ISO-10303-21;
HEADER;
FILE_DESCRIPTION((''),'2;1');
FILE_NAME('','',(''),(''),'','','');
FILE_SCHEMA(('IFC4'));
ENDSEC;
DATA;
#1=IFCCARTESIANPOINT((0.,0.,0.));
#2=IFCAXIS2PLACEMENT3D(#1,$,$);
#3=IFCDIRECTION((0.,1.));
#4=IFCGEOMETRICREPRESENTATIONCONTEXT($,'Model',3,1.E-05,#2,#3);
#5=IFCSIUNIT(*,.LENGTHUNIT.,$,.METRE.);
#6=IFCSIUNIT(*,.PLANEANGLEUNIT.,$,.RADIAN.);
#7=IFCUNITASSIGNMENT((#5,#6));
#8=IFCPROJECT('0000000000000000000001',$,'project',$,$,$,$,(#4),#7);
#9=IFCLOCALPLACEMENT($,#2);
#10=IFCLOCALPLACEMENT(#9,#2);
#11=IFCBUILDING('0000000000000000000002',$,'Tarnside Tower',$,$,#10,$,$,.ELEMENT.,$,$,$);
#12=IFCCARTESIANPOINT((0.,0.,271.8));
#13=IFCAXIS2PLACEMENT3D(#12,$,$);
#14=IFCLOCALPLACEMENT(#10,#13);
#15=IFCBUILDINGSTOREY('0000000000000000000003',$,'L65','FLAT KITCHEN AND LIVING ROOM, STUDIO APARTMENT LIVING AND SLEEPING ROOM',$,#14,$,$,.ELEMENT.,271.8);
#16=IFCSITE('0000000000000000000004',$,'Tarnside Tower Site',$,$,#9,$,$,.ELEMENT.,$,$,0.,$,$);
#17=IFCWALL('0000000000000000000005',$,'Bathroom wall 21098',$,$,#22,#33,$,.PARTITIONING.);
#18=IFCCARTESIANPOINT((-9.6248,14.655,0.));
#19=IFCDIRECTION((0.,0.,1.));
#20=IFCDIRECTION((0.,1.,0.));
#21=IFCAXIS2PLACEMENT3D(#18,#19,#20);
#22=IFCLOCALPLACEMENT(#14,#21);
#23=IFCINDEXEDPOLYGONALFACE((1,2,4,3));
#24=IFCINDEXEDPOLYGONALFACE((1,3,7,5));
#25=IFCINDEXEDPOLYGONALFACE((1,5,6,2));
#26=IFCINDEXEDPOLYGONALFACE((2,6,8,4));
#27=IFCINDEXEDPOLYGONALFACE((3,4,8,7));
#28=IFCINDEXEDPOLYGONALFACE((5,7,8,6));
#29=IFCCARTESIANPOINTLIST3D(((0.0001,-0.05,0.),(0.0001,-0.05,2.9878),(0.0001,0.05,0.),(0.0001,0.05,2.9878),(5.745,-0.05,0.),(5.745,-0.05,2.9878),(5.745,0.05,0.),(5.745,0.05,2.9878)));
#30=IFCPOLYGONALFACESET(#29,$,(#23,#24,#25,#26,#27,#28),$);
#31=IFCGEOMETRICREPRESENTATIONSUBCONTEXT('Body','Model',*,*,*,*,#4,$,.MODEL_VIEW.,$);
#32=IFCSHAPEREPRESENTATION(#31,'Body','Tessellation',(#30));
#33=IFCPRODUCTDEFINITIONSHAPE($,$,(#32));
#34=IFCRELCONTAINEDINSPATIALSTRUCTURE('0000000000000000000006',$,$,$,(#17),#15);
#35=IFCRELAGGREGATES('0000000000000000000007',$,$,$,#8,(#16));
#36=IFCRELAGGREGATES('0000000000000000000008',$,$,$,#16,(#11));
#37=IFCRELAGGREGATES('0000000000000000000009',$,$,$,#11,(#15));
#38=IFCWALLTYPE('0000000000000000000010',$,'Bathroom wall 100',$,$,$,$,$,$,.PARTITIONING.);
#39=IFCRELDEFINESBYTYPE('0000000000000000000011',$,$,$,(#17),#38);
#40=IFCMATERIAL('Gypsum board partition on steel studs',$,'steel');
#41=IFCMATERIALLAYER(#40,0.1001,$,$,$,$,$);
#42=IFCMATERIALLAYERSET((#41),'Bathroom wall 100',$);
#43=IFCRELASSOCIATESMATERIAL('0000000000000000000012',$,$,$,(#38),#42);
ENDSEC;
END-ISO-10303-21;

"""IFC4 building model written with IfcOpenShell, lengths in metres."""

from ifc_helpers import new_model, si_unit, direction, frame, frame_2d, origin, place, context, subcontext, project, spatial, rectangle, extrude, material, layer, layer_set, type_object, element, save


model = new_model("IFC4")

# Units and contexts
model_context = context("Model", 3, precision=1e-05, world=origin(), true_north=direction((0.0, 1.0)))
body_context = subcontext(model_context, "Body", "Model", "MODEL_VIEW")
ifc_project = project(units=[si_unit("LENGTHUNIT", "METRE"), si_unit("PLANEANGLEUNIT", "RADIAN")], contexts=[model_context])

# Site, building, storey
site_placement = place(None, origin())
site = spatial("IfcSite", under=ifc_project, at=site_placement, Name="Tarnside Tower Site", CompositionType="ELEMENT", RefElevation=0.0)
building_placement = place(site_placement, origin())
building = spatial("IfcBuilding", under=site, at=building_placement, Name="Tarnside Tower", CompositionType="ELEMENT")
storey_placement = place(building_placement, frame((0.0, 0.0, 271.8)))
storey = spatial("IfcBuildingStorey", under=building, at=storey_placement, Name="L65", Description="FLAT KITCHEN AND LIVING ROOM, STUDIO APARTMENT LIVING AND SLEEPING ROOM", CompositionType="ELEMENT", Elevation=271.8)

# Wall
ifc_material_1 = material(Name="Gypsum board partition on steel studs", Category="steel")
ifc_layer_1 = layer(ifc_material_1, 0.1001)
ifc_layer_set_1 = layer_set([ifc_layer_1], Name="Bathroom wall 100")
wall_type_1 = type_object("IfcWallType", Name="Bathroom wall 100", PredefinedType="PARTITIONING", material=ifc_layer_set_1)
wall_1_placement = place(storey_placement, frame((-9.6248, 14.655, 0.0), z_axis=(0.0, 0.0, 1.0), x_axis=(0.0, 1.0, 0.0)))
element("IfcWall", 1, at=wall_1_placement, inside=storey, type_object=wall_type_1, Name="Bathroom wall 21098", PredefinedType="PARTITIONING", context=body_context, shape_type="SweptSolid", body=[
    extrude(rectangle(XDim=5.7449, YDim=0.1001, at=frame_2d((2.8726, 0.0))), origin(), (0.0, 0.0, 1.0), 2.9878),
])

save(model, "model.ifc")
